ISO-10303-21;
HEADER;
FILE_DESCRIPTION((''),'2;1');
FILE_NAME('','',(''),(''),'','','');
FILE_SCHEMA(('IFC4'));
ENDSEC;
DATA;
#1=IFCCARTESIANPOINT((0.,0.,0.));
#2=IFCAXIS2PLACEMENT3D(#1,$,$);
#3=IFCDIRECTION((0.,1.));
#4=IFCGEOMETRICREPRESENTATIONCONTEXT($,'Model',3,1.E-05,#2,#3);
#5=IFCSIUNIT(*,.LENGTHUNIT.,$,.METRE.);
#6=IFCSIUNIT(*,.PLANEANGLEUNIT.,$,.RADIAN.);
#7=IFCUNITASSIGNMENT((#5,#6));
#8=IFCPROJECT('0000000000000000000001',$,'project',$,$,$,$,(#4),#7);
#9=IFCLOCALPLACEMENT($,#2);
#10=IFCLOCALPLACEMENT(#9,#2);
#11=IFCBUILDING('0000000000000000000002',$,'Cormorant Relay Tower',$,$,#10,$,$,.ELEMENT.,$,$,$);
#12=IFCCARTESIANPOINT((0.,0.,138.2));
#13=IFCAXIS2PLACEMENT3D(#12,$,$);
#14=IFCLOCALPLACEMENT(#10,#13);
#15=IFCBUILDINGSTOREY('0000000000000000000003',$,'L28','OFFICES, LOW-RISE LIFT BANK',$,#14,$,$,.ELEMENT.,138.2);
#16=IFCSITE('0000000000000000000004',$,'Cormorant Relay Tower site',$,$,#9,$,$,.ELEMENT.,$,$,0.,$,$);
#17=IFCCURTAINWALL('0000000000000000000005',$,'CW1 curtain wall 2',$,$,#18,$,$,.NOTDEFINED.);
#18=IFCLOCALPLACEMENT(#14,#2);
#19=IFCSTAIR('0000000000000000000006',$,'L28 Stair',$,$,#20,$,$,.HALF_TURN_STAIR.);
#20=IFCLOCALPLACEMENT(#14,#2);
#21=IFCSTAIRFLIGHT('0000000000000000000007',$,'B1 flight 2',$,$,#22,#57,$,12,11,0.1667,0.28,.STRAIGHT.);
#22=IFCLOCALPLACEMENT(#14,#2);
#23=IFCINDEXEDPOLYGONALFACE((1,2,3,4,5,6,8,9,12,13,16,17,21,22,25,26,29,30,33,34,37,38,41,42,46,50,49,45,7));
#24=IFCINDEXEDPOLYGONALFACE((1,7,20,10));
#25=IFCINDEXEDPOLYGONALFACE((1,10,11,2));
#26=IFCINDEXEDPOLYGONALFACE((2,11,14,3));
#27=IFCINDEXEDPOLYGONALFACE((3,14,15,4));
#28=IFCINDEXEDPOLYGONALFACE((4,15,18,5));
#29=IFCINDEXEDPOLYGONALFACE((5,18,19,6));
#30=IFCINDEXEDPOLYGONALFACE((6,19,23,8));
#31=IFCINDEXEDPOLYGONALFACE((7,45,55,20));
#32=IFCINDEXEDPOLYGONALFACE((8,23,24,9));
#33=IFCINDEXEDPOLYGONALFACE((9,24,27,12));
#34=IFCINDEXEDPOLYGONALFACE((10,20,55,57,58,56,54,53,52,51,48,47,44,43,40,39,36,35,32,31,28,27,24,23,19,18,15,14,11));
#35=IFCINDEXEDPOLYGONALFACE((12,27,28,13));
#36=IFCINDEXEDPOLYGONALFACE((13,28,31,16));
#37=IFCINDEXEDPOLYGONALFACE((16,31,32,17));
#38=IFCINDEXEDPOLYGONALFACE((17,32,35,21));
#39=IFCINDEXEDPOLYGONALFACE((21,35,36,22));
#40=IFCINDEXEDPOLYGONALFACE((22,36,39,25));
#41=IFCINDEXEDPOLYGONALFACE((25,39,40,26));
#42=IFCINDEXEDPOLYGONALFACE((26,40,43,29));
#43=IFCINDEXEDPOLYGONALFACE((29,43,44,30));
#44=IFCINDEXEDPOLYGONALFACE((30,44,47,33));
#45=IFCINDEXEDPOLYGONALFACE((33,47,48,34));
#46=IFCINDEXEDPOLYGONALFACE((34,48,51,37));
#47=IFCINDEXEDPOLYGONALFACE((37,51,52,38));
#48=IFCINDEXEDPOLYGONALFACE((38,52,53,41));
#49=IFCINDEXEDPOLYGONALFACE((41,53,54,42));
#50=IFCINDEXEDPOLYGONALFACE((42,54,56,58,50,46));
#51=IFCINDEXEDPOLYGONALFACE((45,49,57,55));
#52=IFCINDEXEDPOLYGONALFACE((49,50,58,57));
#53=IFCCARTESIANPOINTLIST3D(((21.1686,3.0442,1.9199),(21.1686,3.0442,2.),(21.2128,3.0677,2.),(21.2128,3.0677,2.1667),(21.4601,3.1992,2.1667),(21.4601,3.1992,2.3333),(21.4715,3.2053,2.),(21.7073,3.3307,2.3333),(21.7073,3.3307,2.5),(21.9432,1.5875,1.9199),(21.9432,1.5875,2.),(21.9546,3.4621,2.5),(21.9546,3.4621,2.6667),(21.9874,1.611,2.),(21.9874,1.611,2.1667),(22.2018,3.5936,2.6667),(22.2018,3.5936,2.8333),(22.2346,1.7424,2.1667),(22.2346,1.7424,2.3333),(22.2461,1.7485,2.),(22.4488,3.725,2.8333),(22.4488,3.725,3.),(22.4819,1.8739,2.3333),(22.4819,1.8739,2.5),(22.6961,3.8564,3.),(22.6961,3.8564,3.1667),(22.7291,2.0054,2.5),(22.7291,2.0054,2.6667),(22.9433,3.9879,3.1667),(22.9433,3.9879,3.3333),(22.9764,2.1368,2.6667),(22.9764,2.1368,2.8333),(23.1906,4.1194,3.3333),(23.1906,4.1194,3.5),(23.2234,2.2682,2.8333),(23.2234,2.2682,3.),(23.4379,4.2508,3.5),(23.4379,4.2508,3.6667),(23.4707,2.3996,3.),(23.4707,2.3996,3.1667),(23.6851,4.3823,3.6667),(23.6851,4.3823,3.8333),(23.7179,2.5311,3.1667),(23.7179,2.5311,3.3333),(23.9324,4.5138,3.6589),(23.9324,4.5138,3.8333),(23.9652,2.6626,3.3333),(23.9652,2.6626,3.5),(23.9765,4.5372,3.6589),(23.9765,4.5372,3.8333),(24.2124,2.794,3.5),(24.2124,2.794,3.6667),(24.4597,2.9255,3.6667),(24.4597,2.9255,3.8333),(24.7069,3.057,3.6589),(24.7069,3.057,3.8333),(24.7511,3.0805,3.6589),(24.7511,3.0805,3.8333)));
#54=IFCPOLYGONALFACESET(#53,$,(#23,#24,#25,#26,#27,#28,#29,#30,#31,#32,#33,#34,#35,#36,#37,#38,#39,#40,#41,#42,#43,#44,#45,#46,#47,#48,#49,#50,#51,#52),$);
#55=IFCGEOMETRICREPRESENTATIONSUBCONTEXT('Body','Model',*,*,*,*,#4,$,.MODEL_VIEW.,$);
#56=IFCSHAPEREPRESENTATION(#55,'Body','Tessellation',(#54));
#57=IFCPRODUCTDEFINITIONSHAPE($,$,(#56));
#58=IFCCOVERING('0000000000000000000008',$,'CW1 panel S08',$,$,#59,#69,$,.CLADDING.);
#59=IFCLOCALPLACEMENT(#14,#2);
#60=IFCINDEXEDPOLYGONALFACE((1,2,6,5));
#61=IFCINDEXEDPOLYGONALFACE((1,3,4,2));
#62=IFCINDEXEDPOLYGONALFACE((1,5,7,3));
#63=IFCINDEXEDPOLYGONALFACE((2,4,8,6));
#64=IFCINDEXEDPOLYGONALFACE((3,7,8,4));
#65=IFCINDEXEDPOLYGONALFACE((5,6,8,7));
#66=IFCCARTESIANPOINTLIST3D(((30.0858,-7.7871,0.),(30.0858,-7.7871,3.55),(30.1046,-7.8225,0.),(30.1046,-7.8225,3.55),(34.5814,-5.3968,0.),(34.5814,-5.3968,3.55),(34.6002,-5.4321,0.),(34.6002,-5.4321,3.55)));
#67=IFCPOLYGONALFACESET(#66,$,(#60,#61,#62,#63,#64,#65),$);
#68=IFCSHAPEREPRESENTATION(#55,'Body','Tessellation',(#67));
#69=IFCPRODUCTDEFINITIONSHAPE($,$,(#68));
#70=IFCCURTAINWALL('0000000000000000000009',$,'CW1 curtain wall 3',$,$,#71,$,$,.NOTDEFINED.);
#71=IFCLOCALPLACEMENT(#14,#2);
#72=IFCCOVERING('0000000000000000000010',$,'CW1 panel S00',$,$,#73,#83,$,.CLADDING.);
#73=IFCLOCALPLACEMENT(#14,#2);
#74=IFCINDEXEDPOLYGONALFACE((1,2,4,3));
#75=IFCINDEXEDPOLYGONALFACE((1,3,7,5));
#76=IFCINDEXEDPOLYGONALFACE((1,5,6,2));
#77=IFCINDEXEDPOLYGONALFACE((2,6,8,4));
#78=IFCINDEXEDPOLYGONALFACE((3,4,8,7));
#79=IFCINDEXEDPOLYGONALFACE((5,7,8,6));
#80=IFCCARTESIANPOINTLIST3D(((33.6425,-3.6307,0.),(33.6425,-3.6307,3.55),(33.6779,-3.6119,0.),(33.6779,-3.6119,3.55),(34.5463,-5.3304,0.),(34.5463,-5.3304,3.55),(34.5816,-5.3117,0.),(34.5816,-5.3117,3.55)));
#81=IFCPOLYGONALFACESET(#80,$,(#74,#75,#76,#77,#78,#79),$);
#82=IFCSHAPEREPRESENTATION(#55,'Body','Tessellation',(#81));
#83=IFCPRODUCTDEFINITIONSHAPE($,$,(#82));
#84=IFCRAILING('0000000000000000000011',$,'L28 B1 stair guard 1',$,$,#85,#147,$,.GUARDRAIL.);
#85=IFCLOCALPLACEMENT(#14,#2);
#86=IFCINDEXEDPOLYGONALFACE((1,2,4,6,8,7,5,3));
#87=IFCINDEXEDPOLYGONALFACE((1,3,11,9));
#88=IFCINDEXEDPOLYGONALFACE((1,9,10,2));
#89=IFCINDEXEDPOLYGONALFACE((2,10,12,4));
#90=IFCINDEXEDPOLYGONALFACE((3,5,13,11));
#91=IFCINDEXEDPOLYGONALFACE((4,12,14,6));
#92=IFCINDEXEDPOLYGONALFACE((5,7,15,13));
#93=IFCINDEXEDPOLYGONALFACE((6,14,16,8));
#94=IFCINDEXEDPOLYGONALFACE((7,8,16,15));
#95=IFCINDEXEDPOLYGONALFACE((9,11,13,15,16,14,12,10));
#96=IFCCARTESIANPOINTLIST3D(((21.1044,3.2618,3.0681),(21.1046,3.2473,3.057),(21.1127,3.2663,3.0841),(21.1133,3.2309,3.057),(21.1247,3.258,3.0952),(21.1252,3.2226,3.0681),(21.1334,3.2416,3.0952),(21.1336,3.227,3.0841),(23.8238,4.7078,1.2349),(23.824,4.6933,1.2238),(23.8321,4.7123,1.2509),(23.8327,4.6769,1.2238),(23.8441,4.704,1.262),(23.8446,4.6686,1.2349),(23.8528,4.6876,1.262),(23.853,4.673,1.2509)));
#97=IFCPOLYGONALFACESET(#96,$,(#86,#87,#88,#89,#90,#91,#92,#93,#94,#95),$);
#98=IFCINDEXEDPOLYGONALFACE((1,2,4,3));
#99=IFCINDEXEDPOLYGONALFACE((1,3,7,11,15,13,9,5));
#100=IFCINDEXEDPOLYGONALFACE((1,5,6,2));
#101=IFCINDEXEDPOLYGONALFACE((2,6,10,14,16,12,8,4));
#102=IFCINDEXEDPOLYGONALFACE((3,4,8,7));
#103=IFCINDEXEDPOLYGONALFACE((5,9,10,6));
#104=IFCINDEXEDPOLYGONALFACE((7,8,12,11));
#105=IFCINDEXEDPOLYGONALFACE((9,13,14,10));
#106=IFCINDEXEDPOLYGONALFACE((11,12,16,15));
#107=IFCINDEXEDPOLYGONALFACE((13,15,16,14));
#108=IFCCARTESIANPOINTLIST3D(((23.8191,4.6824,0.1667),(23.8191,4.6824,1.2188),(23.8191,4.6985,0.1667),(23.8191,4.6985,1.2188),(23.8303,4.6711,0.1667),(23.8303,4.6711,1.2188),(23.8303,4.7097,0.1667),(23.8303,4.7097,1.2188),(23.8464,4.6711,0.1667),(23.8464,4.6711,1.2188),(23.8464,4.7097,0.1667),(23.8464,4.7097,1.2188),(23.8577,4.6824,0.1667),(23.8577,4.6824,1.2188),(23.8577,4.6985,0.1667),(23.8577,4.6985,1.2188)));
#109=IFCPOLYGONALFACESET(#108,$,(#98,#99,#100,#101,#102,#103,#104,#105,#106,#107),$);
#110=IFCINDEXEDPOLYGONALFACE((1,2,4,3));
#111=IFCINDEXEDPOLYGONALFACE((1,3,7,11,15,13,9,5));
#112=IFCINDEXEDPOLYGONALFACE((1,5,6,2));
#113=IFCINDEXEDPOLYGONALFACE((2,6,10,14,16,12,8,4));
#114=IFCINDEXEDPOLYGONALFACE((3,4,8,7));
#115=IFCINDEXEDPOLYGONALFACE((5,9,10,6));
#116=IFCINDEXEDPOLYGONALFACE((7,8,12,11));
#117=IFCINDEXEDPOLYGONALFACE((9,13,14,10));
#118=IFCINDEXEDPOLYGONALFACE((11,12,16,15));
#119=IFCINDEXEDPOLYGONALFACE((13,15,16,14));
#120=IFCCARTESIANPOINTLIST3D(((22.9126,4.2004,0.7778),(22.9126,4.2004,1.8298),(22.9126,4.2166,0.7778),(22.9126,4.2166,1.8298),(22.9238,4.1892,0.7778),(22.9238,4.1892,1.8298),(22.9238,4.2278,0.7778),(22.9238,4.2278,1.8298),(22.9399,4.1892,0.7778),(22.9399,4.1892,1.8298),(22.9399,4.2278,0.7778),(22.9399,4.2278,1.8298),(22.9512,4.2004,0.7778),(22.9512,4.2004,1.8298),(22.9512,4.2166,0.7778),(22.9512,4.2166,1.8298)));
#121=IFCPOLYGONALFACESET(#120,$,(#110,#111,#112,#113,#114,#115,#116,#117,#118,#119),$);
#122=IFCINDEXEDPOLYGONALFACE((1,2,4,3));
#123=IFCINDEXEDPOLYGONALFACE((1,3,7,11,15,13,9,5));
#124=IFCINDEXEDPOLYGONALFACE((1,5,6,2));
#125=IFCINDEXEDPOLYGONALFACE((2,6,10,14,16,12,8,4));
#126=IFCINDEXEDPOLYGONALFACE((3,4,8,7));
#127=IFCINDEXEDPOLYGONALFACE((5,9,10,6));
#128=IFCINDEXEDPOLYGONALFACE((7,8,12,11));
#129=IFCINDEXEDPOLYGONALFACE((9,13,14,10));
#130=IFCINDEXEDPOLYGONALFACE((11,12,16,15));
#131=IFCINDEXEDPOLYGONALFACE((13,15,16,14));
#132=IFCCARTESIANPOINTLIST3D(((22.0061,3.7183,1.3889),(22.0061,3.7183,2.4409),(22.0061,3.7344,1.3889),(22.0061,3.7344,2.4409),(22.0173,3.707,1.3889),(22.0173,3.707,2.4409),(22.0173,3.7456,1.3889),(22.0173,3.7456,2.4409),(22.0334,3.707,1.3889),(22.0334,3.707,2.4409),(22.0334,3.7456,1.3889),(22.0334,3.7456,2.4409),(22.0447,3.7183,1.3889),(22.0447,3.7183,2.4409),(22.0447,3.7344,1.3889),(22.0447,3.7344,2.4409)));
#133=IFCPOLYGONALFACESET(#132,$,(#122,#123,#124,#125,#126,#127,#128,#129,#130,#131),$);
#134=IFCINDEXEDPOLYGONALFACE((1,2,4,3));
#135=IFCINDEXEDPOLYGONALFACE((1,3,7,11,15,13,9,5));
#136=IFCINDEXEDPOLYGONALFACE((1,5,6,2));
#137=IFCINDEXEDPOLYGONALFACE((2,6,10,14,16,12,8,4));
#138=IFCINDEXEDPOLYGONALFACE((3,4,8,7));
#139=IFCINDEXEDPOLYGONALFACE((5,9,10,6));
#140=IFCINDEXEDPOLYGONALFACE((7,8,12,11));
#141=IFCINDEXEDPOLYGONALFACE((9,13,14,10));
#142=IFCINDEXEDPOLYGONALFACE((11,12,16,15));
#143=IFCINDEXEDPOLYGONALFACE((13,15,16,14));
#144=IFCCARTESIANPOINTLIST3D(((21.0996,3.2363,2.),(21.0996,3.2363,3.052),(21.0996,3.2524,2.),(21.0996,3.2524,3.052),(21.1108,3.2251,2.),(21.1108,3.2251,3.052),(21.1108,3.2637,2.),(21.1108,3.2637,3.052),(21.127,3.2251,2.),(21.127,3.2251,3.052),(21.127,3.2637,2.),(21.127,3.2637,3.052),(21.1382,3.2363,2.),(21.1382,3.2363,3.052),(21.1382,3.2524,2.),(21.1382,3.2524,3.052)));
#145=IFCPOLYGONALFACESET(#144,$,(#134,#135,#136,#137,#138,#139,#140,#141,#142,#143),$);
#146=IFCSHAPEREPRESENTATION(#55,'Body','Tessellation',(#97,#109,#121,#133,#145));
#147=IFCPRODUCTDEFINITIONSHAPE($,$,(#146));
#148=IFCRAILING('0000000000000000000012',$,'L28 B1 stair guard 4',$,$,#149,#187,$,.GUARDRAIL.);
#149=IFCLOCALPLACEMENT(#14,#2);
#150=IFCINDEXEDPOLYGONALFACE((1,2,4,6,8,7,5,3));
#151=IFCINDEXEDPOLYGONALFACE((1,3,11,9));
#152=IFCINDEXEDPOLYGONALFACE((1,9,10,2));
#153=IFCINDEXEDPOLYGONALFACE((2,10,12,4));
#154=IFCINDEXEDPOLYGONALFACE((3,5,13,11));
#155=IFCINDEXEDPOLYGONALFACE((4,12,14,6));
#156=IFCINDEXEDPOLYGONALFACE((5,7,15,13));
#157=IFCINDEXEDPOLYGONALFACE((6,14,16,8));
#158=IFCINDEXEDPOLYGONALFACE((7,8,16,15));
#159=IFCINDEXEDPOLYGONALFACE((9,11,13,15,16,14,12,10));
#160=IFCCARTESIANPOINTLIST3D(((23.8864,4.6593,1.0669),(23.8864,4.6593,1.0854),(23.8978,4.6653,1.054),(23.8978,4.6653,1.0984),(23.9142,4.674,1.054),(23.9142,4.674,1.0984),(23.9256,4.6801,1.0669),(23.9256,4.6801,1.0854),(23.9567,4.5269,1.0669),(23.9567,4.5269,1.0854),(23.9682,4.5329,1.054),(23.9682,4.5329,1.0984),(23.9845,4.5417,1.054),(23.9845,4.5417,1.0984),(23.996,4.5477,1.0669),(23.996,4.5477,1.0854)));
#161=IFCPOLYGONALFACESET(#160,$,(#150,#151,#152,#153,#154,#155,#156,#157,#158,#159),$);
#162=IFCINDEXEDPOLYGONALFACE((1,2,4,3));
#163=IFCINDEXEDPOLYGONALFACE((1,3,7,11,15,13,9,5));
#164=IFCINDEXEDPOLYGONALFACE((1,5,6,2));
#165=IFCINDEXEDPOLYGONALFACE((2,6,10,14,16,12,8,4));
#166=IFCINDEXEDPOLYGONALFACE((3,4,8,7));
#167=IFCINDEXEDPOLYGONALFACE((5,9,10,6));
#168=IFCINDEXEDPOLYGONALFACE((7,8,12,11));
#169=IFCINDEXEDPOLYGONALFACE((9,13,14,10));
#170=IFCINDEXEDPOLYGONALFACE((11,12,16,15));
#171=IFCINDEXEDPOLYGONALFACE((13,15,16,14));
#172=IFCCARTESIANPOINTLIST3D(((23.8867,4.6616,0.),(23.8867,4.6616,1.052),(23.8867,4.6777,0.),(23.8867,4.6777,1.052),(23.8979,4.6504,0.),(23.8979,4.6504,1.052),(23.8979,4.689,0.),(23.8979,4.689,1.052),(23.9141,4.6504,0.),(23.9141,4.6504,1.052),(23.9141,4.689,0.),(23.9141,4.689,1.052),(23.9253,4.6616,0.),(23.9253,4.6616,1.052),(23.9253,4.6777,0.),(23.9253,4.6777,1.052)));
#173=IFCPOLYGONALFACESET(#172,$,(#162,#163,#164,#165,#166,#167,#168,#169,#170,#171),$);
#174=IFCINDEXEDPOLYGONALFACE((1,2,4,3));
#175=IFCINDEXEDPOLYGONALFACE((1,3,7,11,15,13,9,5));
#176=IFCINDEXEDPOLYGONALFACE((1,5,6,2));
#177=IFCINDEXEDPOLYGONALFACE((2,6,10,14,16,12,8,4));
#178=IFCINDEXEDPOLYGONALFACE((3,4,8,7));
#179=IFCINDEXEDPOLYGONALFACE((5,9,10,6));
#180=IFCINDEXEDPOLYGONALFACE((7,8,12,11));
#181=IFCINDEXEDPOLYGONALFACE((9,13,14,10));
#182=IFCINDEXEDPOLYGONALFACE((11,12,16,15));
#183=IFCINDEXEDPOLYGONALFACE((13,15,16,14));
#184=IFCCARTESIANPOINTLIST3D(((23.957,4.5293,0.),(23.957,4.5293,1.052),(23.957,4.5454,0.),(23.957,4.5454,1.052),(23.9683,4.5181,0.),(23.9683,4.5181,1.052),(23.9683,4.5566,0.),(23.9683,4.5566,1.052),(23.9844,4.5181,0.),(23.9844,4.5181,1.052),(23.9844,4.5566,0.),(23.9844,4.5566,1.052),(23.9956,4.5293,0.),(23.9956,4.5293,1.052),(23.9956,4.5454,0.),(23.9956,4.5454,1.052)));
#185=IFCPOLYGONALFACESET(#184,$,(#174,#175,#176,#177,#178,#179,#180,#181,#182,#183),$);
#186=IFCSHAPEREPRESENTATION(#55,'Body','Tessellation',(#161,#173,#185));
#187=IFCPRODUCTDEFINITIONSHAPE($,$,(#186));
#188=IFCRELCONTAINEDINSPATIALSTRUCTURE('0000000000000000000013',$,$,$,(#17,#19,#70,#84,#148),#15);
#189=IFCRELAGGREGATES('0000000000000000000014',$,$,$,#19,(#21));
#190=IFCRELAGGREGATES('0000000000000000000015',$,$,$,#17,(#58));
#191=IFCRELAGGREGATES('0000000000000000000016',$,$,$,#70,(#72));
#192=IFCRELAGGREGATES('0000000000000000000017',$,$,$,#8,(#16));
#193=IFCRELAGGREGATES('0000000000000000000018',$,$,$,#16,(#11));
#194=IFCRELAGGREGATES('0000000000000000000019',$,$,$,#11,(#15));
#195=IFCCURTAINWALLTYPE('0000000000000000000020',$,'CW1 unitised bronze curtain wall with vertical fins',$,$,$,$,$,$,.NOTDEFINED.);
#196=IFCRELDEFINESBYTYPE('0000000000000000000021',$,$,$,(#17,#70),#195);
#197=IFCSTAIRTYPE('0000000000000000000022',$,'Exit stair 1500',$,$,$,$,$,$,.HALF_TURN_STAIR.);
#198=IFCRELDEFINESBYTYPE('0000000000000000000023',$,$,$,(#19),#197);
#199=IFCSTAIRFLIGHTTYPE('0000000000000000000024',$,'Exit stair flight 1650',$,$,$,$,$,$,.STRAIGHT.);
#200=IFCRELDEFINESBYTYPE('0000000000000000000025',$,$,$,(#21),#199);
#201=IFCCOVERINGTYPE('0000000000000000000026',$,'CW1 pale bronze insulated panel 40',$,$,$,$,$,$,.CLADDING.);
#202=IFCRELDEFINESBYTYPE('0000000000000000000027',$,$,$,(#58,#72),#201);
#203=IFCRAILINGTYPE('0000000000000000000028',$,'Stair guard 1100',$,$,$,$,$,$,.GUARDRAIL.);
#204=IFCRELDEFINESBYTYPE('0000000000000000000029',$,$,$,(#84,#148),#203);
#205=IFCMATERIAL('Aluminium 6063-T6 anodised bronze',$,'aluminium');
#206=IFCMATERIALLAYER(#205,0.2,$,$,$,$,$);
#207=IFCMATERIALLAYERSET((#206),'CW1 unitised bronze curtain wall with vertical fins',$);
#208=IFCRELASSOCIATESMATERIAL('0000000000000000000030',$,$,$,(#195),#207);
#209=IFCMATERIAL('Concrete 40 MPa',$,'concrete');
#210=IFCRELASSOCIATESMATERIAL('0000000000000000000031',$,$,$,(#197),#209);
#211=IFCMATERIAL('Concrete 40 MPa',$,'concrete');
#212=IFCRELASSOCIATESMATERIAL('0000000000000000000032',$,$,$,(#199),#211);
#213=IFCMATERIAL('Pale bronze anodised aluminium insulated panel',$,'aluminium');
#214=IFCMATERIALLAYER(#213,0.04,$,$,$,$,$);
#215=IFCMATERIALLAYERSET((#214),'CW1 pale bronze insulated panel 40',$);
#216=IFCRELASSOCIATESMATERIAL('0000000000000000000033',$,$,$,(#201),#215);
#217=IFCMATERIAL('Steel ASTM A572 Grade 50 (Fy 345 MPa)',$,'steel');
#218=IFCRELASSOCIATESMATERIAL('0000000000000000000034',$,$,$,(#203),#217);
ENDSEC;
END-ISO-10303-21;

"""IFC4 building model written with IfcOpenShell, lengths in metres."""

from ifc_helpers import new_model, si_unit, direction, frame, origin, origin_2d, place, context, subcontext, project, spatial, polyline, rectangle, outline, extrude, material, layer, layer_set, type_object, element, aggregate, save


model = new_model("IFC4")

# Units and contexts
model_context = context("Model", 3, precision=1e-05, world=origin(), true_north=direction((0.0, 1.0)))
body_context = subcontext(model_context, "Body", "Model", "MODEL_VIEW")
ifc_project = project(units=[si_unit("LENGTHUNIT", "METRE"), si_unit("PLANEANGLEUNIT", "RADIAN")], contexts=[model_context])

# Site, building, storey
site_placement = place(None, origin())
site = spatial("IfcSite", under=ifc_project, at=site_placement, Name="Cormorant Relay Tower site", CompositionType="ELEMENT", RefElevation=0.0)
building_placement = place(site_placement, origin())
building = spatial("IfcBuilding", under=site, at=building_placement, Name="Cormorant Relay Tower", CompositionType="ELEMENT")
storey_placement = place(building_placement, frame((0.0, 0.0, 138.2)))
storey = spatial("IfcBuildingStorey", under=building, at=storey_placement, Name="L28", Description="OFFICES, LOW-RISE LIFT BANK", CompositionType="ELEMENT", Elevation=138.2)

# Curtain wall
ifc_material_1 = material(Name="Aluminium 6063-T6 anodised bronze", Category="aluminium")
ifc_layer_1 = layer(ifc_material_1, 0.2)
ifc_layer_set_1 = layer_set([ifc_layer_1], Name="CW1 unitised bronze curtain wall with vertical fins")
curtain_wall_type = type_object("IfcCurtainWallType", Name="CW1 unitised bronze curtain wall with vertical fins", PredefinedType="NOTDEFINED", material=ifc_layer_set_1)
curtain_wall_1_placement = place(storey_placement, origin())
curtain_wall_1 = element("IfcCurtainWall", 1, at=curtain_wall_1_placement, inside=storey, type_object=curtain_wall_type, Name="CW1 curtain wall 2", PredefinedType="NOTDEFINED")

# Stair, stair flight
ifc_material_2 = material(Name="Concrete 40 MPa", Category="concrete")
stair_type = type_object("IfcStairType", Name="Exit stair 1500", PredefinedType="HALF_TURN_STAIR", material=ifc_material_2)
stair_placement = place(storey_placement, origin())
stair = element("IfcStair", 2, at=stair_placement, inside=storey, type_object=stair_type, Name="L28 Stair", PredefinedType="HALF_TURN_STAIR")
ifc_material_3 = material(Name="Concrete 40 MPa", Category="concrete")
stair_flight_type = type_object("IfcStairFlightType", Name="Exit stair flight 1650", PredefinedType="STRAIGHT", material=ifc_material_3)
stair_flight_1_placement = place(storey_placement, frame((21.6001, 2.3394, 2.0), z_axis=(0.0, 0.0, 1.0), x_axis=(0.882948, 0.469472, 0.0)))
stair_flight_1 = element("IfcStairFlight", 3, at=stair_flight_1_placement, type_object=stair_flight_type, Name="B1 flight 2", NumberOfRisers=12, NumberOfTreads=11, PredefinedType="STRAIGHT", RiserHeight=0.1667, TreadLength=0.28, context=body_context, shape_type="SweptSolid", body=[
    extrude(outline(polyline([(-0.05, -0.0801), (-0.05, 0.0), (0.0, 0.0), (0.0, 0.1667), (0.28, 0.1667), (0.28, 0.3333), (0.5601, 0.3333), (0.5601, 0.5), (0.8401, 0.5), (0.8401, 0.6667), (1.1201, 0.6667), (1.1201, 0.8333), (1.3999, 0.8333), (1.3999, 1.0), (1.6799, 1.0), (1.6799, 1.1667), (1.96, 1.1667), (1.96, 1.3333), (2.24, 1.3333), (2.24, 1.5), (2.52, 1.5), (2.52, 1.6667), (2.8, 1.6667), (2.8, 1.8333), (3.0801, 1.8333), (3.1301, 1.8333), (3.1301, 1.6589), (3.0801, 1.6589), (0.293, 0.0), (-0.05, -0.0801)])), frame((0.0, 0.825, 0.0), z_axis=(0.0, -1.0, 0.0), x_axis=(1.0, 0.0, 0.0)), (0.0, 0.0, 1.0), 1.6499),
])
aggregate(stair, [stair_flight_1])

# Covering
ifc_material_4 = material(Name="Pale bronze anodised aluminium insulated panel", Category="aluminium")
ifc_layer_2 = layer(ifc_material_4, 0.04)
ifc_layer_set_2 = layer_set([ifc_layer_2], Name="CW1 pale bronze insulated panel 40")
covering_type = type_object("IfcCoveringType", Name="CW1 pale bronze insulated panel 40", PredefinedType="CLADDING", material=ifc_layer_set_2)
covering_1_placement = place(storey_placement, frame((32.343, -6.6096, 0.0), z_axis=(0.0, 0.0, 1.0), x_axis=(0.882948, 0.469472, 0.0)))
covering_1 = element("IfcCovering", 4, at=covering_1_placement, type_object=covering_type, Name="CW1 panel S08", PredefinedType="CLADDING", context=body_context, shape_type="SweptSolid", body=[
    extrude(rectangle(XDim=5.0916, YDim=0.04, at=origin_2d()), origin(), (0.0, 0.0, 1.0), 3.55),
])
aggregate(curtain_wall_1, [covering_1])

# Curtain wall, covering
curtain_wall_2_placement = place(storey_placement, origin())
curtain_wall_2 = element("IfcCurtainWall", 5, at=curtain_wall_2_placement, inside=storey, type_object=curtain_wall_type, Name="CW1 curtain wall 3", PredefinedType="NOTDEFINED")
covering_2_placement = place(storey_placement, frame((34.1121, -4.4712, 0.0), z_axis=(0.0, 0.0, 1.0), x_axis=(-0.469472, 0.882948, 0.0)))
covering_2 = element("IfcCovering", 6, at=covering_2_placement, type_object=covering_type, Name="CW1 panel S00", PredefinedType="CLADDING", context=body_context, shape_type="SweptSolid", body=[
    extrude(rectangle(XDim=1.925, YDim=0.04, at=origin_2d()), origin(), (0.0, 0.0, 1.0), 3.55),
])
aggregate(curtain_wall_2, [covering_2])

# Railings
ifc_material_5 = material(Name="Steel ASTM A572 Grade 50 (Fy 345 MPa)", Category="steel")
railing_type_1 = type_object("IfcRailingType", Name="Stair guard 1100", PredefinedType="GUARDRAIL", material=ifc_material_5)
railing_1_placement = place(storey_placement, frame((23.8384, 4.6904, 0.1667)))
element("IfcRailing", 7, at=railing_1_placement, inside=storey, type_object=railing_type_1, Name="L28 B1 stair guard 1", PredefinedType="GUARDRAIL", context=body_context, shape_type="SweptSolid", body=[
    extrude(outline(polyline([(0.0222, 0.0093), (0.0093, 0.0222), (-0.0093, 0.0222), (-0.0222, 0.0093), (-0.0222, -0.0093), (-0.0093, -0.0222), (0.0093, -0.0222), (0.0222, -0.0093), (0.0222, 0.0093)])), frame((0.0, 0.0, 1.0762), z_axis=(-0.758714, -0.403435, 0.511463), x_axis=(0.469489, -0.882938, 0.0)), (0.0, 0.0, 1.0), 3.5842),
    extrude(outline(polyline([(0.0193, 0.0081), (0.0081, 0.0193), (-0.0081, 0.0193), (-0.0193, 0.0081), (-0.0193, -0.0081), (-0.0081, -0.0193), (0.0081, -0.0193), (0.0193, -0.0081), (0.0193, 0.0081)])), origin(), (0.0, 0.0, 1.0), 1.052),
    extrude(outline(polyline([(0.0193, 0.0081), (0.0081, 0.0193), (-0.0081, 0.0193), (-0.0193, 0.0081), (-0.0193, -0.0081), (-0.0081, -0.0193), (0.0081, -0.0193), (0.0193, -0.0081), (0.0193, 0.0081)])), frame((-0.9065, -0.4819, 0.6111)), (0.0, 0.0, 1.0), 1.052),
    extrude(outline(polyline([(0.0193, 0.0081), (0.0081, 0.0193), (-0.0081, 0.0193), (-0.0193, 0.0081), (-0.0193, -0.0081), (-0.0081, -0.0193), (0.0081, -0.0193), (0.0193, -0.0081), (0.0193, 0.0081)])), frame((-1.813, -0.9641, 1.2222)), (0.0, 0.0, 1.0), 1.052),
    extrude(outline(polyline([(0.0193, 0.0081), (0.0081, 0.0193), (-0.0081, 0.0193), (-0.0193, 0.0081), (-0.0193, -0.0081), (-0.0081, -0.0193), (0.0081, -0.0193), (0.0193, -0.0081), (0.0193, 0.0081)])), frame((-2.7195, -1.446, 1.8333)), (0.0, 0.0, 1.0), 1.052),
])
railing_2_placement = place(storey_placement, frame((23.906, 4.6697, 0.0)))
element("IfcRailing", 8, at=railing_2_placement, inside=storey, type_object=railing_type_1, Name="L28 B1 stair guard 4", PredefinedType="GUARDRAIL", context=body_context, shape_type="SweptSolid", body=[
    extrude(outline(polyline([(0.0222, 0.0093), (0.0093, 0.0222), (-0.0093, 0.0222), (-0.0222, 0.0093), (-0.0222, -0.0093), (-0.0093, -0.0222), (0.0093, -0.0222), (0.0222, -0.0093), (0.0222, 0.0093)])), frame((0.0, 0.0, 1.0762), z_axis=(0.469235, -0.883074, 0.0), x_axis=(0.883074, 0.469235, 0.0)), (0.0, 0.0, 1.0), 0.1499),
    extrude(outline(polyline([(0.0193, 0.0081), (0.0081, 0.0193), (-0.0081, 0.0193), (-0.0193, 0.0081), (-0.0193, -0.0081), (-0.0081, -0.0193), (0.0081, -0.0193), (0.0193, -0.0081), (0.0193, 0.0081)])), origin(), (0.0, 0.0, 1.0), 1.052),
    extrude(outline(polyline([(0.0193, 0.0081), (0.0081, 0.0193), (-0.0081, 0.0193), (-0.0193, 0.0081), (-0.0193, -0.0081), (-0.0081, -0.0193), (0.0081, -0.0193), (0.0193, -0.0081), (0.0193, 0.0081)])), frame((0.0703, -0.1323, 0.0)), (0.0, 0.0, 1.0), 1.052),
])

save(model, "model.ifc")
